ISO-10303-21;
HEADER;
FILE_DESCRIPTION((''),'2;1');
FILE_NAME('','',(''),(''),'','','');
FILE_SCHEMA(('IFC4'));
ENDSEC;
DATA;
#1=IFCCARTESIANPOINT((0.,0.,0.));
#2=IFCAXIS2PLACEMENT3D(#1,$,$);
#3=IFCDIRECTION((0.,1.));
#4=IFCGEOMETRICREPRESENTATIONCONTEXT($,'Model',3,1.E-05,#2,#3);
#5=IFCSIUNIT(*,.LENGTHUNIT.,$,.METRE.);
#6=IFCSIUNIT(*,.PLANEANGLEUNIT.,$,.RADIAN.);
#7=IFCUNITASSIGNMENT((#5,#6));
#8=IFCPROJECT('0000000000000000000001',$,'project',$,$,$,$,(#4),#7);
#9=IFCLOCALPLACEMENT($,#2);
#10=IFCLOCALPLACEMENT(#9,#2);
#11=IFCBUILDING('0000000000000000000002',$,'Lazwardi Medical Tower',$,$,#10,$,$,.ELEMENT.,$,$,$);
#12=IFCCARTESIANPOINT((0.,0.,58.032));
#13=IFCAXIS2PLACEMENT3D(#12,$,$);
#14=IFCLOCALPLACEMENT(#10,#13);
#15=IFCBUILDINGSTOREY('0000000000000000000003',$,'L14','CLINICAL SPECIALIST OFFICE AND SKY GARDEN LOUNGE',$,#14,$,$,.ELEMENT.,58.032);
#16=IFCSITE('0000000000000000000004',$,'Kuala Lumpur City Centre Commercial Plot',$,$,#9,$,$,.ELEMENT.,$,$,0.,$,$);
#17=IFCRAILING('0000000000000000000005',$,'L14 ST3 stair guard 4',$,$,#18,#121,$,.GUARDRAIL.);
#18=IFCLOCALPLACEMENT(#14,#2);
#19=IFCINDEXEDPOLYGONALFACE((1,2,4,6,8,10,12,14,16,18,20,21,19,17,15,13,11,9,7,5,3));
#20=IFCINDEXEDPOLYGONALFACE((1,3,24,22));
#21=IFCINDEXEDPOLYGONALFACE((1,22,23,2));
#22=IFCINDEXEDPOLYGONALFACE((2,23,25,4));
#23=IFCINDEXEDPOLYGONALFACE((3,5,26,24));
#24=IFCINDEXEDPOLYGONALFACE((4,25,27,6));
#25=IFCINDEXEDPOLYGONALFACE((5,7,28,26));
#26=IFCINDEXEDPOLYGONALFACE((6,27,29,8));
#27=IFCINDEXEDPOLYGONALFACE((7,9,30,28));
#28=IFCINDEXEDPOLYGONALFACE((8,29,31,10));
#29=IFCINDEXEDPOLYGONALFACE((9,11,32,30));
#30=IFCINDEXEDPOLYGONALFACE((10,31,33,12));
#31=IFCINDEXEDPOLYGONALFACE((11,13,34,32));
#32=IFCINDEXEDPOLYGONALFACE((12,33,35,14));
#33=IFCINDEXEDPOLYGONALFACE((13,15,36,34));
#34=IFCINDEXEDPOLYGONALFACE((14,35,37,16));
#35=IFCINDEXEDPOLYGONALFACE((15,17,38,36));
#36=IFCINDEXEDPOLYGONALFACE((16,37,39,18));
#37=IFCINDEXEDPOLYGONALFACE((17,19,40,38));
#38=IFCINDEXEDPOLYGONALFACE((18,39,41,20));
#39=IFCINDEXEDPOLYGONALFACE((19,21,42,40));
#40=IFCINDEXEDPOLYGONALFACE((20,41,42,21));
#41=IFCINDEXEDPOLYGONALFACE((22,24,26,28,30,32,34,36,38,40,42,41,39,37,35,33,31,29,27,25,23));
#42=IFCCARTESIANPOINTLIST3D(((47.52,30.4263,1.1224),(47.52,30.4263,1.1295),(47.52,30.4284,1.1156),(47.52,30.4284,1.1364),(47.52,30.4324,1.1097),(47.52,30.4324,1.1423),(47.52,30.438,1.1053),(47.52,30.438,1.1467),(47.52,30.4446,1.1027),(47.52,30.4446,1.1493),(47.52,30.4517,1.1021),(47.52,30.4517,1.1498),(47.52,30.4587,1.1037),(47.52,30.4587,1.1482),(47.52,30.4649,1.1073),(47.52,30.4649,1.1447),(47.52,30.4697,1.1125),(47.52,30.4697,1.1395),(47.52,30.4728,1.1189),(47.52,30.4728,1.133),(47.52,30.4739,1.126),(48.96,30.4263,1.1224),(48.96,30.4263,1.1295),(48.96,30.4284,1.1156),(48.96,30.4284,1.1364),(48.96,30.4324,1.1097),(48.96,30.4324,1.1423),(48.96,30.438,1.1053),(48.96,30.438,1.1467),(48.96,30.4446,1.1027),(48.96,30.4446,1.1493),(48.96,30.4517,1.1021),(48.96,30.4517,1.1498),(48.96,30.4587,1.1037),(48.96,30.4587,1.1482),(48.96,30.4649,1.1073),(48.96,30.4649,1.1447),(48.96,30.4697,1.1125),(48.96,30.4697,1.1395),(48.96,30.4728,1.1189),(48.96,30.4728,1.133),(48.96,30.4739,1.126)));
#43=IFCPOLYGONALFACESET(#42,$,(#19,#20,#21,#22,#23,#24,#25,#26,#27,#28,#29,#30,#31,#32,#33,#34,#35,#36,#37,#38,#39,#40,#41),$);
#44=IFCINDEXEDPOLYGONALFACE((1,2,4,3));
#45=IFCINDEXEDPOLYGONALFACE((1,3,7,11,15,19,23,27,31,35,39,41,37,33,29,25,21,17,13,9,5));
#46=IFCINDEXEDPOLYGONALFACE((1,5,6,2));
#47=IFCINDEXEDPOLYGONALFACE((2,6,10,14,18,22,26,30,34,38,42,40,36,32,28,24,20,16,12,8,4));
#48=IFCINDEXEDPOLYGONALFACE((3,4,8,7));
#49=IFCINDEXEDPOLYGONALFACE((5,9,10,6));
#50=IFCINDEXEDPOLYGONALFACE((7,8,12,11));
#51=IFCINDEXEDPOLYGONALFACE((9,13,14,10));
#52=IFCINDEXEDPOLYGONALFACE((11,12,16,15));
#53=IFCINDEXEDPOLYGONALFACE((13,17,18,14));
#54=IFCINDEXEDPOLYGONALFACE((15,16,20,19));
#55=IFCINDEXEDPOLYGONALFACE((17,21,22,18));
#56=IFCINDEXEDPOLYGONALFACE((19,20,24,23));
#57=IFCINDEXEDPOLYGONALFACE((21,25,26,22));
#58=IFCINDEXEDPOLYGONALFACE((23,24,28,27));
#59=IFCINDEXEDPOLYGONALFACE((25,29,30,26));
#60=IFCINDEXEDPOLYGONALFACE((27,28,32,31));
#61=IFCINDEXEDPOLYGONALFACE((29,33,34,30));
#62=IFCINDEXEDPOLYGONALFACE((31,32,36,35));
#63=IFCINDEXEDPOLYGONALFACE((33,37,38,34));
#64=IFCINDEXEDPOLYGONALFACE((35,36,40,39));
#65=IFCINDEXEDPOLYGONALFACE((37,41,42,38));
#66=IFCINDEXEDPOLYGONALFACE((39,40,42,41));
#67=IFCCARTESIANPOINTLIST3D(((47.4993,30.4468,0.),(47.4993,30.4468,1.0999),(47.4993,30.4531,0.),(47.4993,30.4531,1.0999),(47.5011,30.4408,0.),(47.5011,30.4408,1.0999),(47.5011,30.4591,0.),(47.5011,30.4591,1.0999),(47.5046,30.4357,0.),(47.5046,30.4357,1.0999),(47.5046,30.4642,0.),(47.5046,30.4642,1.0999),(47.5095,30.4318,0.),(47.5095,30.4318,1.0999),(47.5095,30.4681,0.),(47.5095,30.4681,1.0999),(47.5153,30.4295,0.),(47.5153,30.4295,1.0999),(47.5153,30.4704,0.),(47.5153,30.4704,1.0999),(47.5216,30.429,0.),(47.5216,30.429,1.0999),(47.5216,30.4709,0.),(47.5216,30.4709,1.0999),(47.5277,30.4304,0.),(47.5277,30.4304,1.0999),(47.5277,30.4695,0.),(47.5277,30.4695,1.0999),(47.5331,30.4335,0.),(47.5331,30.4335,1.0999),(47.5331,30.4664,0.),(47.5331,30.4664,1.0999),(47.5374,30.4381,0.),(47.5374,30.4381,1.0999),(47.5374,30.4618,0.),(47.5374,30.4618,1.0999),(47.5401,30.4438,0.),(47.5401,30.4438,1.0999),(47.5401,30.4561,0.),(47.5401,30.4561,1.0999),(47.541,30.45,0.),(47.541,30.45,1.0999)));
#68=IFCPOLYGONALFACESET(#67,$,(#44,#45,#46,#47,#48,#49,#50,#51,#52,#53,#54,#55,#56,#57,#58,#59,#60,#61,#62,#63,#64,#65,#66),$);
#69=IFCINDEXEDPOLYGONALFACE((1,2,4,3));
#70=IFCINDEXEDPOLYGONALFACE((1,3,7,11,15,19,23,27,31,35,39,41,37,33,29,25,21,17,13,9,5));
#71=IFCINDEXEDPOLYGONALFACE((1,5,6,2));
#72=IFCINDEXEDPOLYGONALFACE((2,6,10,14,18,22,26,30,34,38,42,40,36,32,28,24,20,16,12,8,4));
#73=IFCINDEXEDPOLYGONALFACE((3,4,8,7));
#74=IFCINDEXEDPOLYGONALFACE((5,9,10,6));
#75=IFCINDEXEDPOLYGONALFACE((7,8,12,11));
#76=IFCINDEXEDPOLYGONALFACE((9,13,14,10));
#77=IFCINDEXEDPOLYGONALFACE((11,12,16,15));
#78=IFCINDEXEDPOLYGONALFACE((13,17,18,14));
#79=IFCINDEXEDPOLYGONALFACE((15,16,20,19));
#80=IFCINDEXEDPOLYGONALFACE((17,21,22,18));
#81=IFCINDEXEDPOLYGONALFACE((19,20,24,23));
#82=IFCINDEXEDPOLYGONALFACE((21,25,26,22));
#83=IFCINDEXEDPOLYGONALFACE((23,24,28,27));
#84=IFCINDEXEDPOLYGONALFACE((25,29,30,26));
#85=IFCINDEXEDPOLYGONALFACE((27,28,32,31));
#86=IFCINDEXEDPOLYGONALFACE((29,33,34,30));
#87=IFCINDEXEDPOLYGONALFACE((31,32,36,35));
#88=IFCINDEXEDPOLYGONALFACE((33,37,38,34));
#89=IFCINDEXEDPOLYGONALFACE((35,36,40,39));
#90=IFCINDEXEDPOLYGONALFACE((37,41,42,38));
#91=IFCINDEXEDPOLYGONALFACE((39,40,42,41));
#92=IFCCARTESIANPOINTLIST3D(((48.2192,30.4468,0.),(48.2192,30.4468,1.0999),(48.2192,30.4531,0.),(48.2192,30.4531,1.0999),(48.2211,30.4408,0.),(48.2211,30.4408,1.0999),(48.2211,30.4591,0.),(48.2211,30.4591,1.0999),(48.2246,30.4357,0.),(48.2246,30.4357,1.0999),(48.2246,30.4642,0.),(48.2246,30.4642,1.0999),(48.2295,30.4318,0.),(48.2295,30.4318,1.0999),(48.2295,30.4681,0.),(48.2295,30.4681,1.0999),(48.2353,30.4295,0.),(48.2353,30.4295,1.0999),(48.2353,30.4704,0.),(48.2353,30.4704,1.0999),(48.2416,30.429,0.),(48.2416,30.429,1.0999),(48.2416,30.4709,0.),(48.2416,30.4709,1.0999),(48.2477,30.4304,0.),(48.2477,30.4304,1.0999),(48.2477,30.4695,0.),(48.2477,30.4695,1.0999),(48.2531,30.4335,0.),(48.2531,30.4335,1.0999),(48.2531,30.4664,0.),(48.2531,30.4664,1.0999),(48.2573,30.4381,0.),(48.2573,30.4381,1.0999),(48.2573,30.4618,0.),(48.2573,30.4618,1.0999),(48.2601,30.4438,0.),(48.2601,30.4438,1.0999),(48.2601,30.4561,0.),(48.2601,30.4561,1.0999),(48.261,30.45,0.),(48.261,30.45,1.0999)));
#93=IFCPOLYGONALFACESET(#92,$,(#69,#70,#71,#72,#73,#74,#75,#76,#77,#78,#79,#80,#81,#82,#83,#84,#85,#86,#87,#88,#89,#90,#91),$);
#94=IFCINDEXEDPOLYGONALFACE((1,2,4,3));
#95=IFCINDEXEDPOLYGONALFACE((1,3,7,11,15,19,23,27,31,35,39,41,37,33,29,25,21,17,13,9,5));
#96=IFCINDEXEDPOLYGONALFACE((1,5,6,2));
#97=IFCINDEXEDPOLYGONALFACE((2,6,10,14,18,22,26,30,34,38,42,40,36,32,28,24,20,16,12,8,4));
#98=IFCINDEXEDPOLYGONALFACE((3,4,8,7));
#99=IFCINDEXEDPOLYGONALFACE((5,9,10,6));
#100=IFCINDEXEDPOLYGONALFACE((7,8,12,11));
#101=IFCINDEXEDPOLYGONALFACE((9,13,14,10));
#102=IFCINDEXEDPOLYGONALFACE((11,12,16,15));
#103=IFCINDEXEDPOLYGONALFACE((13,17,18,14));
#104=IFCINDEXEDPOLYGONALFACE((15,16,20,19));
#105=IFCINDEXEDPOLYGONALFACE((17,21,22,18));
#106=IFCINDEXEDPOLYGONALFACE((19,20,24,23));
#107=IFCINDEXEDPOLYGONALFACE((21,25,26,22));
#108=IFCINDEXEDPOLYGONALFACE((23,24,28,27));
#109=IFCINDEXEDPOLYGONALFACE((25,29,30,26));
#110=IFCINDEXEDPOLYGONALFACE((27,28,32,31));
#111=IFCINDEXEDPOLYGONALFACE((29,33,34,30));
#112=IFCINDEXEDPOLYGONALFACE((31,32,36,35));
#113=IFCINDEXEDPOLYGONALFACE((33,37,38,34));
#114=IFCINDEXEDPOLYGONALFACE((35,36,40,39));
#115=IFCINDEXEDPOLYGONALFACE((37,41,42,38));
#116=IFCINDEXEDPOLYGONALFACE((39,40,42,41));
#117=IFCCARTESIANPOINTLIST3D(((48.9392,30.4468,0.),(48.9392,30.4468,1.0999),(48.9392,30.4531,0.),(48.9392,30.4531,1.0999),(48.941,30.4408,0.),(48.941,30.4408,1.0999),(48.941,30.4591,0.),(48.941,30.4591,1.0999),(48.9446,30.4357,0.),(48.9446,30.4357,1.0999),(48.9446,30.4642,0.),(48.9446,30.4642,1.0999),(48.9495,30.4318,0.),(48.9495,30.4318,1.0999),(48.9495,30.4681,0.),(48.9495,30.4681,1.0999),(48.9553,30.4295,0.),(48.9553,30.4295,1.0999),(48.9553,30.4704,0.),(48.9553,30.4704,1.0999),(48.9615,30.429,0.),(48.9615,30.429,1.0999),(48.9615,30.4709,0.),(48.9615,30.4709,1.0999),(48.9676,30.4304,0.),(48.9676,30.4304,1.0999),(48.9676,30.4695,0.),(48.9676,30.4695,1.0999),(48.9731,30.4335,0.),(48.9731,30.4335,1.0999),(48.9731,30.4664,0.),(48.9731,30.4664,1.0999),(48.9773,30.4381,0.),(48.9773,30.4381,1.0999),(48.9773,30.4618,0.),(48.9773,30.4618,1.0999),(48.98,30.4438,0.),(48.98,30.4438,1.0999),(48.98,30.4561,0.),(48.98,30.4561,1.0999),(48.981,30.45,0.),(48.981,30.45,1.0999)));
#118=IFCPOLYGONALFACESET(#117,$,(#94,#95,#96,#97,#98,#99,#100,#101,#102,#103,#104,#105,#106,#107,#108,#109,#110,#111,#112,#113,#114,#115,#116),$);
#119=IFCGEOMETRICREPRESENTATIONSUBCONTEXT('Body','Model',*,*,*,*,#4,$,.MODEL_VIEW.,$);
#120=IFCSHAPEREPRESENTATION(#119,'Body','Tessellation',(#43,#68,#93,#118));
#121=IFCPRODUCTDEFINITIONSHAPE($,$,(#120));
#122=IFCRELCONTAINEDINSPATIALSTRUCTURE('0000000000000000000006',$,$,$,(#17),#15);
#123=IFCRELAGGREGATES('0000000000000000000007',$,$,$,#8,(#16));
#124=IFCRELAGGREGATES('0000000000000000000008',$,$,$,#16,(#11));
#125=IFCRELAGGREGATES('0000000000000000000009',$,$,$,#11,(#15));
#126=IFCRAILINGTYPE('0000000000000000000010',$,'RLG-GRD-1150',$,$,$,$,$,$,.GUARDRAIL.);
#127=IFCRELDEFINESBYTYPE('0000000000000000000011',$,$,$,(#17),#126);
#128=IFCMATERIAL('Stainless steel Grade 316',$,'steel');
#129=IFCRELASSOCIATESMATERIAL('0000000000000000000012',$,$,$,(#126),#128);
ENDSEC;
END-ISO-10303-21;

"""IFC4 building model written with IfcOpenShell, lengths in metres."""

from ifc_helpers import new_model, si_unit, direction, frame, origin, origin_2d, place, context, subcontext, project, spatial, circle, extrude, material, type_object, element, save


model = new_model("IFC4")

# Units and contexts
model_context = context("Model", 3, precision=1e-05, world=origin(), true_north=direction((0.0, 1.0)))
body_context = subcontext(model_context, "Body", "Model", "MODEL_VIEW")
ifc_project = project(units=[si_unit("LENGTHUNIT", "METRE"), si_unit("PLANEANGLEUNIT", "RADIAN")], contexts=[model_context])

# Site, building, storey
site_placement = place(None, origin())
site = spatial("IfcSite", under=ifc_project, at=site_placement, Name="Kuala Lumpur City Centre Commercial Plot", CompositionType="ELEMENT", RefElevation=0.0)
building_placement = place(site_placement, origin())
building = spatial("IfcBuilding", under=site, at=building_placement, Name="Lazwardi Medical Tower", CompositionType="ELEMENT")
storey_placement = place(building_placement, frame((0.0, 0.0, 58.032)))
storey = spatial("IfcBuildingStorey", under=building, at=storey_placement, Name="L14", Description="CLINICAL SPECIALIST OFFICE AND SKY GARDEN LOUNGE", CompositionType="ELEMENT", Elevation=58.032)

# Railing
ifc_material_1 = material(Name="Stainless steel Grade 316", Category="steel")
railing_type_1 = type_object("IfcRailingType", Name="RLG-GRD-1150", PredefinedType="GUARDRAIL", material=ifc_material_1)
railing_1_placement = place(storey_placement, frame((47.52, 30.45, 0.0)))
element("IfcRailing", 1, at=railing_1_placement, inside=storey, type_object=railing_type_1, Name="L14 ST3 stair guard 4", PredefinedType="GUARDRAIL", context=body_context, shape_type="SweptSolid", body=[
    extrude(circle(Radius=0.0239, at=origin_2d()), frame((0.0, 0.0, 1.126), z_axis=(1.0, 0.0, 0.0), x_axis=(0.0, 1.0, 0.0)), (0.0, 0.0, 1.0), 1.4399),
    extrude(circle(Radius=0.021, at=origin_2d()), origin(), (0.0, 0.0, 1.0), 1.0999),
    extrude(circle(Radius=0.021, at=origin_2d()), frame((0.72, 0.0, 0.0)), (0.0, 0.0, 1.0), 1.0999),
    extrude(circle(Radius=0.021, at=origin_2d()), frame((1.4399, 0.0, 0.0)), (0.0, 0.0, 1.0), 1.0999),
])

save(model, "model.ifc")
